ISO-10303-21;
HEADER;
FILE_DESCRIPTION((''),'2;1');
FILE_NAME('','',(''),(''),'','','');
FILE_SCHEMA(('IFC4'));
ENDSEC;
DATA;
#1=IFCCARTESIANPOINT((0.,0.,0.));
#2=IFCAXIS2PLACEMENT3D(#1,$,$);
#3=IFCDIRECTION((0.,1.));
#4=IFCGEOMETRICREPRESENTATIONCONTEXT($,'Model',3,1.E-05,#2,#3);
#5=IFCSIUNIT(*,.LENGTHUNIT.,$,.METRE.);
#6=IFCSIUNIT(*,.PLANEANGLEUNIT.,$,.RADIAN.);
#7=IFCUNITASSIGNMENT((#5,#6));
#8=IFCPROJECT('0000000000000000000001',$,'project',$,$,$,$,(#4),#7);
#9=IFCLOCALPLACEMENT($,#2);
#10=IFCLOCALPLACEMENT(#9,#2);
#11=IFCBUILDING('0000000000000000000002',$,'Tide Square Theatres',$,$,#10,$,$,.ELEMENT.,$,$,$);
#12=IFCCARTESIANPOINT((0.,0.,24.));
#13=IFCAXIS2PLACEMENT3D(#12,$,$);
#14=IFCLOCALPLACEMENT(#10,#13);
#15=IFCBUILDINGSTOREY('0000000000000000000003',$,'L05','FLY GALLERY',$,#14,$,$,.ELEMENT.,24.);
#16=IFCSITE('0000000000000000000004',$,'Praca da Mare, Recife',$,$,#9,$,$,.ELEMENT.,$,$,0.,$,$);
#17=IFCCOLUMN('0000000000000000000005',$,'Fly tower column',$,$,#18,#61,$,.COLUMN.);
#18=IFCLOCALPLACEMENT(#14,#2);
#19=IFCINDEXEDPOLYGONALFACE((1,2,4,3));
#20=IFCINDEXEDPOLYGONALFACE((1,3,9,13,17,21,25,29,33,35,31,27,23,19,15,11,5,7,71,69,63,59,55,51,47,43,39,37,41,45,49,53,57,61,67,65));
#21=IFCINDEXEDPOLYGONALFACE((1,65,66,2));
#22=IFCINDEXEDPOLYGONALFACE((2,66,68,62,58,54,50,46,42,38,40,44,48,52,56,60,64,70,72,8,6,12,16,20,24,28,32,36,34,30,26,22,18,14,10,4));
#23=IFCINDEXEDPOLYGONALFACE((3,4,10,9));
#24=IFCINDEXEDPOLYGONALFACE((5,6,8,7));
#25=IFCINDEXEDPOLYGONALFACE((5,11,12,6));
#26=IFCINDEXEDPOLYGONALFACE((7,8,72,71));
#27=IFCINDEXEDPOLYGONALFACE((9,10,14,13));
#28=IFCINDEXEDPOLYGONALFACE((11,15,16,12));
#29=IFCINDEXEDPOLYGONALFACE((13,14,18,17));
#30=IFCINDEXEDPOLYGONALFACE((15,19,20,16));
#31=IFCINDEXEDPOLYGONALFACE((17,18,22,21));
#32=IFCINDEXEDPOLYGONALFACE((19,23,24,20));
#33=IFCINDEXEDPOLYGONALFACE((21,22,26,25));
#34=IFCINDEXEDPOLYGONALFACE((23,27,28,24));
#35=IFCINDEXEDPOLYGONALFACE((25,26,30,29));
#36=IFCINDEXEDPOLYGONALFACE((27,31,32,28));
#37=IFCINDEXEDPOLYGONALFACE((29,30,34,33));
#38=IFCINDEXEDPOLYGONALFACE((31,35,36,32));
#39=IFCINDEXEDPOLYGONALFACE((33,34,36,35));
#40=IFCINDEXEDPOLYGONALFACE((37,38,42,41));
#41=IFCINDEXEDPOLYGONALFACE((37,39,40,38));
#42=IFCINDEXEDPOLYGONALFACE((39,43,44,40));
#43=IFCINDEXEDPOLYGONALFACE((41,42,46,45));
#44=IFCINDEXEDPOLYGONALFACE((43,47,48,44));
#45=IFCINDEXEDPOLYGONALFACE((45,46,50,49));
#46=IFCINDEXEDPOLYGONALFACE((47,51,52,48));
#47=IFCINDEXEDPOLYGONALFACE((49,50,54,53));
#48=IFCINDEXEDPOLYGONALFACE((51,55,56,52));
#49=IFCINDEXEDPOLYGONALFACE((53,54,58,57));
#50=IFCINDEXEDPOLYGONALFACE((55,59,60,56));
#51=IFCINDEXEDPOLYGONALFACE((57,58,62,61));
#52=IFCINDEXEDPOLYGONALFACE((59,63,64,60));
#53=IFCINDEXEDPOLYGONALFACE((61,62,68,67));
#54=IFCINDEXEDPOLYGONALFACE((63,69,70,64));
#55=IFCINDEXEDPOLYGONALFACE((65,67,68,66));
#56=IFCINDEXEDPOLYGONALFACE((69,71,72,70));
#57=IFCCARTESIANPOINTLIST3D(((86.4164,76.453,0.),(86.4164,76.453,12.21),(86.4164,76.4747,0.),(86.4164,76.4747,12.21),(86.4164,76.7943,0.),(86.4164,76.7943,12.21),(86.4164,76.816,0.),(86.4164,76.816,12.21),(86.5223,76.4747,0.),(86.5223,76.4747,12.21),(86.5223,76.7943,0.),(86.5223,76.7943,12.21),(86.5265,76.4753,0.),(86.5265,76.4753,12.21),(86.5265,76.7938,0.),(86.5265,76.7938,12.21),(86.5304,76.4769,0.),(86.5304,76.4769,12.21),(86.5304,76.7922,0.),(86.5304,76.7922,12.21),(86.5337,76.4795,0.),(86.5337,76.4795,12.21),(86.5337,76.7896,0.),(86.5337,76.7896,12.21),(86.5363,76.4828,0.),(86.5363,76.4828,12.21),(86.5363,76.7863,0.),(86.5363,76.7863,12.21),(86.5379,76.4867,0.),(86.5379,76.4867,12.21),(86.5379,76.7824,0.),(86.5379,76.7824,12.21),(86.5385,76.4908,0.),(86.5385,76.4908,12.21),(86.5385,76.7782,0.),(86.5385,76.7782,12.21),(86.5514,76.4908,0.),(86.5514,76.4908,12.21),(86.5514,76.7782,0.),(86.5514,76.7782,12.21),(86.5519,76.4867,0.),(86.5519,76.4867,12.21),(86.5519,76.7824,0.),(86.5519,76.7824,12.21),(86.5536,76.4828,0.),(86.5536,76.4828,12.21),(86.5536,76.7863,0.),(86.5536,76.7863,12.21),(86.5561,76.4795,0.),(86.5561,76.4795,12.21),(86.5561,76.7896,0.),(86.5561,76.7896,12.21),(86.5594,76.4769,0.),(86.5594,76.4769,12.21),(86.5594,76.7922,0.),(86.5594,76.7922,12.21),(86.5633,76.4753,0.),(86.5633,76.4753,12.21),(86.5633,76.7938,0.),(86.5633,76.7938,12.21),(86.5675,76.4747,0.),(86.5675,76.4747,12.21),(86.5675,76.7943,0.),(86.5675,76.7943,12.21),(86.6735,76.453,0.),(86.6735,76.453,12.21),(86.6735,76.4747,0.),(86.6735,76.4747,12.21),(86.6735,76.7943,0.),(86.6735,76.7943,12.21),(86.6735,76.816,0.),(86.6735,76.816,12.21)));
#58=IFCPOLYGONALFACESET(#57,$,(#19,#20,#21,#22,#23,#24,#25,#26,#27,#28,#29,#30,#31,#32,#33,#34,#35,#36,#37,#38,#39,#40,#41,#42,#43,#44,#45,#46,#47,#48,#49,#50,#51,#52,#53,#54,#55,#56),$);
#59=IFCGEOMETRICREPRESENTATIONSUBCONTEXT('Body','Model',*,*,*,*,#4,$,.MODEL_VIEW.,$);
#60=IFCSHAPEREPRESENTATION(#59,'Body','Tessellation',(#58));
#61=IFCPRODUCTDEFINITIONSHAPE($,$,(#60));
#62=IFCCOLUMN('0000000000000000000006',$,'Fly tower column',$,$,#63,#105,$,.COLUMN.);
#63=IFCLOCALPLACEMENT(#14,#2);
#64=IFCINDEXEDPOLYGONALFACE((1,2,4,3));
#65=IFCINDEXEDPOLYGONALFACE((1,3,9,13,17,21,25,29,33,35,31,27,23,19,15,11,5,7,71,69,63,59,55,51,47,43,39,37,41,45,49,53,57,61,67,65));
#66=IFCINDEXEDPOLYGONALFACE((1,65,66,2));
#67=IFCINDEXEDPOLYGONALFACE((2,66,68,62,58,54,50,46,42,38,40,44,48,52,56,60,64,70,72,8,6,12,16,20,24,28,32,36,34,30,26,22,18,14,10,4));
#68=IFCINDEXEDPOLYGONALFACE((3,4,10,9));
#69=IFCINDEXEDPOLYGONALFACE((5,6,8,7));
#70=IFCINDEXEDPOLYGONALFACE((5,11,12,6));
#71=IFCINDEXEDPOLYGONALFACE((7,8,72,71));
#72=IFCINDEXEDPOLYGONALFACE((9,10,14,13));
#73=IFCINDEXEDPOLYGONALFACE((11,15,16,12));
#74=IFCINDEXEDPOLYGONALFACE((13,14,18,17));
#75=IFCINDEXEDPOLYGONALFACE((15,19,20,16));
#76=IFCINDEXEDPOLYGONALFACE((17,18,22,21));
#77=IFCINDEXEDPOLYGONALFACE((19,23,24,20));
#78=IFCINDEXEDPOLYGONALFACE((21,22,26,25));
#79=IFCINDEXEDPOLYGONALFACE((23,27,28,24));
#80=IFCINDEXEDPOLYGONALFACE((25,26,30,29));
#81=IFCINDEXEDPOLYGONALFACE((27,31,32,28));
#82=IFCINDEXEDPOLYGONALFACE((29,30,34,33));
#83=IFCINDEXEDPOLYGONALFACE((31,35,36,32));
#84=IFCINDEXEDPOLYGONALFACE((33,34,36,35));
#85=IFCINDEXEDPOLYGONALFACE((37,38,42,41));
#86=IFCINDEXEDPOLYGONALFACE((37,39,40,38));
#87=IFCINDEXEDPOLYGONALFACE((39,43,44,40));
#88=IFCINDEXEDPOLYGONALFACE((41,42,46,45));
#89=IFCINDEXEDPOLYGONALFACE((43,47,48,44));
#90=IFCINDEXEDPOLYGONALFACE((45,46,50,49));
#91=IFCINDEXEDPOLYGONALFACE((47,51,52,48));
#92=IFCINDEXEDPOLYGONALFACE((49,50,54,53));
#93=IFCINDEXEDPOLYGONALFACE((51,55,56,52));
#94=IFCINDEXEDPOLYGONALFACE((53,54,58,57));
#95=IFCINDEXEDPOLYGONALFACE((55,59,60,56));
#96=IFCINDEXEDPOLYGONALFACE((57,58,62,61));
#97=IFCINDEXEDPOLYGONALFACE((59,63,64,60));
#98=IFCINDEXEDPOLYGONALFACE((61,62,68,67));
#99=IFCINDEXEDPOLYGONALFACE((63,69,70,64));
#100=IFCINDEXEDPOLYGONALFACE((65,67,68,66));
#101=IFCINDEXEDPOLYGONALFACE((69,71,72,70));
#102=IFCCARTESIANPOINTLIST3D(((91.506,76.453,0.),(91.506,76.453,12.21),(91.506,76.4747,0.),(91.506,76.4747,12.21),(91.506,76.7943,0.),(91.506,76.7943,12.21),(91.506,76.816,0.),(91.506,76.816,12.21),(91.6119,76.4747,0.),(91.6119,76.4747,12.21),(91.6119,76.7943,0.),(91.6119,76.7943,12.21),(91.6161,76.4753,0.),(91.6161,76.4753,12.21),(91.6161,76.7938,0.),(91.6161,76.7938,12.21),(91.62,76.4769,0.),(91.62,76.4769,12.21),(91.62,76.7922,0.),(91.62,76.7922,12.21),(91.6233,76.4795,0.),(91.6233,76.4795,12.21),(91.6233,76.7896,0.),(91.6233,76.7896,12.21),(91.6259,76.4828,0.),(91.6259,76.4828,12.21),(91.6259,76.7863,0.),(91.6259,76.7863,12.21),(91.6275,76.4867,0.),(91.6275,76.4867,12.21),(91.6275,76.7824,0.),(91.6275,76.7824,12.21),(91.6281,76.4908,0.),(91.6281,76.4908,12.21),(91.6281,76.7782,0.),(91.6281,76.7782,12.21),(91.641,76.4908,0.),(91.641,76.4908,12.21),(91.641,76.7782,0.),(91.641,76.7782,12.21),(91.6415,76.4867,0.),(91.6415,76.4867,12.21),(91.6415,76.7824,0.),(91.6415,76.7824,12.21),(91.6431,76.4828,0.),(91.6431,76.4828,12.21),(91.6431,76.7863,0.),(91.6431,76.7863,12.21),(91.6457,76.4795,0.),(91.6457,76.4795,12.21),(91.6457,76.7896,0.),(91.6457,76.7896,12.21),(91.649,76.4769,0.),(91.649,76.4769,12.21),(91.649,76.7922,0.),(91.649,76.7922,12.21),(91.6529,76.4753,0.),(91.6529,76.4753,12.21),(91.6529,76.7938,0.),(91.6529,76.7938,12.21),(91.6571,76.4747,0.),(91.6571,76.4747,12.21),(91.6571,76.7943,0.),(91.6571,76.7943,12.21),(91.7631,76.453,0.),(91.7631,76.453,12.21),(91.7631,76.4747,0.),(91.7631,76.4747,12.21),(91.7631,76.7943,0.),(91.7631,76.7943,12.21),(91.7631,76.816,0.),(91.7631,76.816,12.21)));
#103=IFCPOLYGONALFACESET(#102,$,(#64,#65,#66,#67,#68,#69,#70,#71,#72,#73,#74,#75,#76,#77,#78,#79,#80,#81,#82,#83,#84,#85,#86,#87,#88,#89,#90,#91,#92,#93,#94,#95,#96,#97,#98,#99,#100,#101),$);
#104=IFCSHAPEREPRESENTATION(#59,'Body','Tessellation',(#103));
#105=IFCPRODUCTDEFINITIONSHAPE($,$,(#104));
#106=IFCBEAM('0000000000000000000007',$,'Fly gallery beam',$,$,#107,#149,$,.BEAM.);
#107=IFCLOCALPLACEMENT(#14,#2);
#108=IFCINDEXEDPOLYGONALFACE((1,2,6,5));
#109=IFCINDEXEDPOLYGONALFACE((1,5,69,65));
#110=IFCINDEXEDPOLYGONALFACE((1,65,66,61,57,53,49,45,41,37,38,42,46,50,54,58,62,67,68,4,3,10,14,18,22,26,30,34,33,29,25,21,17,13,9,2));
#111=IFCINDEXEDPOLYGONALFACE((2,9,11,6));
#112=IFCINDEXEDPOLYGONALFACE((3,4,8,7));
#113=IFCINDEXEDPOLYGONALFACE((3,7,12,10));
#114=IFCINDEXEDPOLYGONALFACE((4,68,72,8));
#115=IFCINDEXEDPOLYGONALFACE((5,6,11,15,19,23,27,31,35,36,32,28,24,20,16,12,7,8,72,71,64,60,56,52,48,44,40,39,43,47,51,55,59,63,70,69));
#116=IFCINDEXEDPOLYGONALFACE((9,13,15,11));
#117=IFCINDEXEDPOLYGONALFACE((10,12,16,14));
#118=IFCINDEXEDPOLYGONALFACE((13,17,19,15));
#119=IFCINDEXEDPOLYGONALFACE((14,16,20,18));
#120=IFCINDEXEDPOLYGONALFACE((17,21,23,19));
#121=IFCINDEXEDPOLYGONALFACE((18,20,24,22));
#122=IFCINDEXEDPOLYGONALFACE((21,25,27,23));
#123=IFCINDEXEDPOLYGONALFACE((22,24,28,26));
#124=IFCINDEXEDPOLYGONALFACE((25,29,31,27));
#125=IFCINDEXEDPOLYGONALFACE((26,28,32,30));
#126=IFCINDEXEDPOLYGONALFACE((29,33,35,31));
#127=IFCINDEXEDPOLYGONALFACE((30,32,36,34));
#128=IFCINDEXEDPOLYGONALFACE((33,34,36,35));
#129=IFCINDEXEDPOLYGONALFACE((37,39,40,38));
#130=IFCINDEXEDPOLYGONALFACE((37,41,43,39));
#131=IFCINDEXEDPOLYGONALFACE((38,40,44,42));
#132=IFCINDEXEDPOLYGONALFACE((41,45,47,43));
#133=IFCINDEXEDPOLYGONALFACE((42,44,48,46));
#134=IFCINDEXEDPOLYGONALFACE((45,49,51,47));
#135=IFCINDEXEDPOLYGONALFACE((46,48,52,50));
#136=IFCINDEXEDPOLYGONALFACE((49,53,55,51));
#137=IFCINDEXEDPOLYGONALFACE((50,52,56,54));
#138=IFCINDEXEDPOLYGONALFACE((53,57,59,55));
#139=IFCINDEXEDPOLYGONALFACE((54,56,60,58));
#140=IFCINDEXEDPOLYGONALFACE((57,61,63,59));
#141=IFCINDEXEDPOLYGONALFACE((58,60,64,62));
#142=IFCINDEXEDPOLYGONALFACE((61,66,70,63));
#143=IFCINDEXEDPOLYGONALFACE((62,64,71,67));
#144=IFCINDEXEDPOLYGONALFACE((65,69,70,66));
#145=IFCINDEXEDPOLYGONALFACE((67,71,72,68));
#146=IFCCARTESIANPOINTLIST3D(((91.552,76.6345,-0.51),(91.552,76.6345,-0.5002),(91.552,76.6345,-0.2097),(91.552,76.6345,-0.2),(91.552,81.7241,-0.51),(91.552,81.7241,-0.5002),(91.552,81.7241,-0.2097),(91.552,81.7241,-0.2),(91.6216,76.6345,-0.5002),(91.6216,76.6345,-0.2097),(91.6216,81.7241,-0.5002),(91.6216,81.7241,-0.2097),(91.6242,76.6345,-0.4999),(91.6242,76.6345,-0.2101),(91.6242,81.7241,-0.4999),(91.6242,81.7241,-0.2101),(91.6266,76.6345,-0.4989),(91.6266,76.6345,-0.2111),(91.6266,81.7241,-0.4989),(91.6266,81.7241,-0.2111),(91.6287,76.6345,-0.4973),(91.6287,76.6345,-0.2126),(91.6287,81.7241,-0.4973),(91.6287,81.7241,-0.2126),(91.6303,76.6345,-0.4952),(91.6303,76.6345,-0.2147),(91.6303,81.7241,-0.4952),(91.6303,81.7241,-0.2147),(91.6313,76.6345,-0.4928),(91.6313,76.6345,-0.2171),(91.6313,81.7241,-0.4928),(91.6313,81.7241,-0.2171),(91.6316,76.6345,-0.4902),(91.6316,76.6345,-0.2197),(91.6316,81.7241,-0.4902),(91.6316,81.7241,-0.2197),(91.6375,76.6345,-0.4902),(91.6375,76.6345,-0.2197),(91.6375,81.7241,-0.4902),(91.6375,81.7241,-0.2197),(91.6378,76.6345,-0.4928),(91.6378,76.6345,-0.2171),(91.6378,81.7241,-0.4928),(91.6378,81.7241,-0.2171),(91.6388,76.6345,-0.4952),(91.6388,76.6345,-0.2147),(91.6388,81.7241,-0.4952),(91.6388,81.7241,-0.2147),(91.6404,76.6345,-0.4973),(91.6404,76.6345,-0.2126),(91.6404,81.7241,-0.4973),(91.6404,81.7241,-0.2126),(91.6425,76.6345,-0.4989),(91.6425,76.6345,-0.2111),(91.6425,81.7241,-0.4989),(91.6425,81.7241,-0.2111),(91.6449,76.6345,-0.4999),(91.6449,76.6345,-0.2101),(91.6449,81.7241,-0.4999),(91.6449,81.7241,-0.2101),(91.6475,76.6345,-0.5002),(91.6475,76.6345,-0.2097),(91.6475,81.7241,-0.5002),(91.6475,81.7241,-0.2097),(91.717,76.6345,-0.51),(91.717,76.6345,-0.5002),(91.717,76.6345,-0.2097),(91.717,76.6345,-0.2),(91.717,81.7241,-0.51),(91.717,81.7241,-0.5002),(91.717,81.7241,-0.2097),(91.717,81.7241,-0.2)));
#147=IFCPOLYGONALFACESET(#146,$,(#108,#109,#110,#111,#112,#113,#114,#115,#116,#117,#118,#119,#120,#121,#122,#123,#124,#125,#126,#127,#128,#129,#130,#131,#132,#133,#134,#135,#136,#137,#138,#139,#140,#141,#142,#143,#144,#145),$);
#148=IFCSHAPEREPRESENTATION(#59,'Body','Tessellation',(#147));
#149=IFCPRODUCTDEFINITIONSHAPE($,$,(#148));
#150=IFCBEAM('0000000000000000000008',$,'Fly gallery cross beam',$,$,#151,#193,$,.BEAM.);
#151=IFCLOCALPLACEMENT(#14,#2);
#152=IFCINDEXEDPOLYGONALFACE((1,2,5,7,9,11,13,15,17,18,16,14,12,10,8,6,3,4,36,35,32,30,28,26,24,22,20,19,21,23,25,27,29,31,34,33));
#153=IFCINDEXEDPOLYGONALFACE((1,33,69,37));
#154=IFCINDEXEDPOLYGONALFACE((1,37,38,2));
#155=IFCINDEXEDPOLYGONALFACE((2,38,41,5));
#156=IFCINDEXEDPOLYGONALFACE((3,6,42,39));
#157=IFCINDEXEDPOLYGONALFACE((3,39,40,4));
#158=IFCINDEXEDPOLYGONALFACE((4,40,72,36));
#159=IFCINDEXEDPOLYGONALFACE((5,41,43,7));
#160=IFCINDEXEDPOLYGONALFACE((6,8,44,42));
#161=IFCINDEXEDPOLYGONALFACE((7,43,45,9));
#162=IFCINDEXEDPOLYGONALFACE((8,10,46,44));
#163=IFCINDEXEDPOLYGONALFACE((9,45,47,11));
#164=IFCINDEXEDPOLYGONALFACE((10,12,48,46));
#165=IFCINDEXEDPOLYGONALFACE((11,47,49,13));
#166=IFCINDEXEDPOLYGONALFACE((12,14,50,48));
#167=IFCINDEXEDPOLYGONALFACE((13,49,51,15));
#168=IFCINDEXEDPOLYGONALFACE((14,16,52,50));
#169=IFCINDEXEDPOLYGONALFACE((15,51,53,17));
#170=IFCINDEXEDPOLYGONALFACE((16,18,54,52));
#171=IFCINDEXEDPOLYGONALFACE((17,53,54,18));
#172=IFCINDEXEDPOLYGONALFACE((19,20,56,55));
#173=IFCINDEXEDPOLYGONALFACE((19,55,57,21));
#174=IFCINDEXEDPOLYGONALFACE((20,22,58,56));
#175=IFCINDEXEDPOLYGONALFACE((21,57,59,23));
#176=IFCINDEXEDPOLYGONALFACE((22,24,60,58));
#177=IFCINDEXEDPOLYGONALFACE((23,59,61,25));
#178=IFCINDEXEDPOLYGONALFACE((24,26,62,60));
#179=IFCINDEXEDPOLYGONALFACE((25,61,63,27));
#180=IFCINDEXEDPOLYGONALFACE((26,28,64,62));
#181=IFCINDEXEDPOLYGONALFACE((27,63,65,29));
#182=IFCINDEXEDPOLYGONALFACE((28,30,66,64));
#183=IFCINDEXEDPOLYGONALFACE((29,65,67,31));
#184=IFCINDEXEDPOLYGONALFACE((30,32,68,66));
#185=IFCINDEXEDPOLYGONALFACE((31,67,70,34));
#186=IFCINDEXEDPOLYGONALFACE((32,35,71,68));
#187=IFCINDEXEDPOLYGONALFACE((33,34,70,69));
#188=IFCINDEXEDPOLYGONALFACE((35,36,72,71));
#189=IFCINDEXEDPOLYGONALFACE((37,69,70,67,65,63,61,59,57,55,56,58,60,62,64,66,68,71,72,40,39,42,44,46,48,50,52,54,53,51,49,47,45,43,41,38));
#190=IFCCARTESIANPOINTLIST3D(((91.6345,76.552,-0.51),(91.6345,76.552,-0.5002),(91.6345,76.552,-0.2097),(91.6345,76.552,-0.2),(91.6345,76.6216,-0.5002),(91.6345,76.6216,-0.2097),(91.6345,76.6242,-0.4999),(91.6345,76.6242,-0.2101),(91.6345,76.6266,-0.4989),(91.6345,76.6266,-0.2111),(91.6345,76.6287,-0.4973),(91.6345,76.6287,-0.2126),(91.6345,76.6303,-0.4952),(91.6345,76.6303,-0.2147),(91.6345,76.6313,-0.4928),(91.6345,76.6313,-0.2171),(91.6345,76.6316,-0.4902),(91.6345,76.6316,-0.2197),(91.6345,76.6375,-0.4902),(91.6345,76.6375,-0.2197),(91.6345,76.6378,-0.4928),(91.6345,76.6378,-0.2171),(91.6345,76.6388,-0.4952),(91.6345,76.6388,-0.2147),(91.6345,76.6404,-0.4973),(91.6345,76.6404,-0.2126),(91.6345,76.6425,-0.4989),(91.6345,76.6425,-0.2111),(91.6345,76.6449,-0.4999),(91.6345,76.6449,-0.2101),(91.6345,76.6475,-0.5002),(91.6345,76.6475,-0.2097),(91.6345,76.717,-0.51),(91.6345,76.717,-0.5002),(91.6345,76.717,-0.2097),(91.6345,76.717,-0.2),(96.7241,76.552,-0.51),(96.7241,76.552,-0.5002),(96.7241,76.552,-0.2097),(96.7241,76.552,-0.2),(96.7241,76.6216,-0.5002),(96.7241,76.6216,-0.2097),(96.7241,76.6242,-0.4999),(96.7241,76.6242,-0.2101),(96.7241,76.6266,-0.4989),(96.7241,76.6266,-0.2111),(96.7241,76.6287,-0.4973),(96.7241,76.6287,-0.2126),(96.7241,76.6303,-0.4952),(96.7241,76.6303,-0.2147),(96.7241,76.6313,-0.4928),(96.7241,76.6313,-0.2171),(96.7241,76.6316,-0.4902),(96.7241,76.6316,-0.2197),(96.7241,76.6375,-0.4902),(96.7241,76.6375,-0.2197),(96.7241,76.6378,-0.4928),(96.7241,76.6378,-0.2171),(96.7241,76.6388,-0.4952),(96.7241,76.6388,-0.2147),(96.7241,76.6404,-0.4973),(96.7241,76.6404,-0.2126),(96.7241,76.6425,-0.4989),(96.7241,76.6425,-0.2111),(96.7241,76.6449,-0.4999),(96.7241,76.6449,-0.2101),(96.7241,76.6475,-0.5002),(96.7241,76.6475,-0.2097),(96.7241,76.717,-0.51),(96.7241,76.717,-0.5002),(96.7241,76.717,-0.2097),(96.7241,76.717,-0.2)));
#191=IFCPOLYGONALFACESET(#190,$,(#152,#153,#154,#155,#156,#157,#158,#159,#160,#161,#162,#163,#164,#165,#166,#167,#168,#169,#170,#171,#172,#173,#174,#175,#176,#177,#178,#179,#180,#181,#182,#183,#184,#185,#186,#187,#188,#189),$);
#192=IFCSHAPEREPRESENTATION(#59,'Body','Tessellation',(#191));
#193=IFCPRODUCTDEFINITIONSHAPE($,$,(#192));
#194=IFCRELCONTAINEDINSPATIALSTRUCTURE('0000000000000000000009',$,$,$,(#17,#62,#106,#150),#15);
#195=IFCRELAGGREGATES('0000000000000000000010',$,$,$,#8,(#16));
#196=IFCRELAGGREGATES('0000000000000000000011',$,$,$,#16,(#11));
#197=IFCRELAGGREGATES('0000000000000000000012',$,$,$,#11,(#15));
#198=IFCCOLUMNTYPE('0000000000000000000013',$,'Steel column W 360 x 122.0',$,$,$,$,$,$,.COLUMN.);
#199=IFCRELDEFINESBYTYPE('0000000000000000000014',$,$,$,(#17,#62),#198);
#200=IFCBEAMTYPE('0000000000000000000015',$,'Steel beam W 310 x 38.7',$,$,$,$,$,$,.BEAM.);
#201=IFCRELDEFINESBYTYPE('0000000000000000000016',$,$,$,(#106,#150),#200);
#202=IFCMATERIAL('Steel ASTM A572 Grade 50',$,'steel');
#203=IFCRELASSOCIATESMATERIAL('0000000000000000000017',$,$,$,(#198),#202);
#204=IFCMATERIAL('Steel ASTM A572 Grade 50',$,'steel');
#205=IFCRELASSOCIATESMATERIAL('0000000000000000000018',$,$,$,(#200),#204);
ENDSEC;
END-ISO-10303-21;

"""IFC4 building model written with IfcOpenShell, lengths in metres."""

from ifc_helpers import new_model, si_unit, direction, frame, origin, origin_2d, place, context, subcontext, project, spatial, i_section, extrude, material, material_profile, profile_set, type_object, element, save


model = new_model("IFC4")

# Units and contexts
model_context = context("Model", 3, precision=1e-05, world=origin(), true_north=direction((0.0, 1.0)))
body_context = subcontext(model_context, "Body", "Model", "MODEL_VIEW")
ifc_project = project(units=[si_unit("LENGTHUNIT", "METRE"), si_unit("PLANEANGLEUNIT", "RADIAN")], contexts=[model_context])

# Site, building, storey
site_placement = place(None, origin())
site = spatial("IfcSite", under=ifc_project, at=site_placement, Name="Praca da Mare, Recife", CompositionType="ELEMENT", RefElevation=0.0)
building_placement = place(site_placement, origin())
building = spatial("IfcBuilding", under=site, at=building_placement, Name="Tide Square Theatres", CompositionType="ELEMENT")
storey_placement = place(building_placement, frame((0.0, 0.0, 24.0)))
storey = spatial("IfcBuildingStorey", under=building, at=storey_placement, Name="L05", Description="FLY GALLERY", CompositionType="ELEMENT", Elevation=24.0)

# Columns
ifc_material_1 = material(Name="Steel ASTM A572 Grade 50", Category="steel")
ifc_material_profile_1 = material_profile(ifc_material_1, i_section(OverallWidth=0.2571, OverallDepth=0.363, WebThickness=0.0129, FlangeThickness=0.0217, FilletRadius=0.0161, at=origin_2d()))
ifc_profile_set_1 = profile_set([ifc_material_profile_1], Name="Steel ASTM A572 Grade 50")
column_type_1 = type_object("IfcColumnType", Name="Steel column W 360 x 122.0", PredefinedType="COLUMN", material=ifc_profile_set_1)
for number, where, z_axis, x_axis, name in (
    (1, (86.5449, 76.6345, 0.0), (0.0, 0.0, 1.0), (1.0, 0.0, 0.0), "Fly tower column"),
    (2, (91.6345, 76.6345, 0.0), (0.0, 0.0, 1.0), (1.0, 0.0, 0.0), "Fly tower column"),
):
    element("IfcColumn", number, at=place(storey_placement, frame(where, z_axis=z_axis, x_axis=x_axis)), inside=storey, type_object=column_type_1, Name=name, PredefinedType="COLUMN", context=body_context, shape_type="SweptSolid", body=[
        extrude(i_section(OverallWidth=0.2571, OverallDepth=0.363, WebThickness=0.0129, FlangeThickness=0.0217, FilletRadius=0.0161, at=origin_2d()), origin(), (0.0, 0.0, 1.0), 12.21),
    ])

# Beams
ifc_material_2 = material(Name="Steel ASTM A572 Grade 50", Category="steel")
ifc_material_profile_2 = material_profile(ifc_material_2, i_section(OverallWidth=0.165, OverallDepth=0.3101, WebThickness=0.0059, FlangeThickness=0.0098, FilletRadius=0.01, at=origin_2d()))
ifc_profile_set_2 = profile_set([ifc_material_profile_2], Name="Steel ASTM A572 Grade 50")
beam_type_1 = type_object("IfcBeamType", Name="Steel beam W 310 x 38.7", PredefinedType="BEAM", material=ifc_profile_set_2)
for number, where, z_axis, x_axis, name in (
    (3, (91.6345, 76.6345, -0.355), (0.0, 1.0, 0.0), (-1.0, 0.0, 0.0), "Fly gallery beam"),
    (4, (91.6345, 76.6345, -0.355), (1.0, 0.0, 0.0), (0.0, 1.0, 0.0), "Fly gallery cross beam"),
):
    element("IfcBeam", number, at=place(storey_placement, frame(where, z_axis=z_axis, x_axis=x_axis)), inside=storey, type_object=beam_type_1, Name=name, PredefinedType="BEAM", context=body_context, shape_type="SweptSolid", body=[
        extrude(i_section(OverallWidth=0.165, OverallDepth=0.3101, WebThickness=0.0059, FlangeThickness=0.0098, FilletRadius=0.01, at=origin_2d()), origin(), (0.0, 0.0, 1.0), 5.0896),
    ])

save(model, "model.ifc")
